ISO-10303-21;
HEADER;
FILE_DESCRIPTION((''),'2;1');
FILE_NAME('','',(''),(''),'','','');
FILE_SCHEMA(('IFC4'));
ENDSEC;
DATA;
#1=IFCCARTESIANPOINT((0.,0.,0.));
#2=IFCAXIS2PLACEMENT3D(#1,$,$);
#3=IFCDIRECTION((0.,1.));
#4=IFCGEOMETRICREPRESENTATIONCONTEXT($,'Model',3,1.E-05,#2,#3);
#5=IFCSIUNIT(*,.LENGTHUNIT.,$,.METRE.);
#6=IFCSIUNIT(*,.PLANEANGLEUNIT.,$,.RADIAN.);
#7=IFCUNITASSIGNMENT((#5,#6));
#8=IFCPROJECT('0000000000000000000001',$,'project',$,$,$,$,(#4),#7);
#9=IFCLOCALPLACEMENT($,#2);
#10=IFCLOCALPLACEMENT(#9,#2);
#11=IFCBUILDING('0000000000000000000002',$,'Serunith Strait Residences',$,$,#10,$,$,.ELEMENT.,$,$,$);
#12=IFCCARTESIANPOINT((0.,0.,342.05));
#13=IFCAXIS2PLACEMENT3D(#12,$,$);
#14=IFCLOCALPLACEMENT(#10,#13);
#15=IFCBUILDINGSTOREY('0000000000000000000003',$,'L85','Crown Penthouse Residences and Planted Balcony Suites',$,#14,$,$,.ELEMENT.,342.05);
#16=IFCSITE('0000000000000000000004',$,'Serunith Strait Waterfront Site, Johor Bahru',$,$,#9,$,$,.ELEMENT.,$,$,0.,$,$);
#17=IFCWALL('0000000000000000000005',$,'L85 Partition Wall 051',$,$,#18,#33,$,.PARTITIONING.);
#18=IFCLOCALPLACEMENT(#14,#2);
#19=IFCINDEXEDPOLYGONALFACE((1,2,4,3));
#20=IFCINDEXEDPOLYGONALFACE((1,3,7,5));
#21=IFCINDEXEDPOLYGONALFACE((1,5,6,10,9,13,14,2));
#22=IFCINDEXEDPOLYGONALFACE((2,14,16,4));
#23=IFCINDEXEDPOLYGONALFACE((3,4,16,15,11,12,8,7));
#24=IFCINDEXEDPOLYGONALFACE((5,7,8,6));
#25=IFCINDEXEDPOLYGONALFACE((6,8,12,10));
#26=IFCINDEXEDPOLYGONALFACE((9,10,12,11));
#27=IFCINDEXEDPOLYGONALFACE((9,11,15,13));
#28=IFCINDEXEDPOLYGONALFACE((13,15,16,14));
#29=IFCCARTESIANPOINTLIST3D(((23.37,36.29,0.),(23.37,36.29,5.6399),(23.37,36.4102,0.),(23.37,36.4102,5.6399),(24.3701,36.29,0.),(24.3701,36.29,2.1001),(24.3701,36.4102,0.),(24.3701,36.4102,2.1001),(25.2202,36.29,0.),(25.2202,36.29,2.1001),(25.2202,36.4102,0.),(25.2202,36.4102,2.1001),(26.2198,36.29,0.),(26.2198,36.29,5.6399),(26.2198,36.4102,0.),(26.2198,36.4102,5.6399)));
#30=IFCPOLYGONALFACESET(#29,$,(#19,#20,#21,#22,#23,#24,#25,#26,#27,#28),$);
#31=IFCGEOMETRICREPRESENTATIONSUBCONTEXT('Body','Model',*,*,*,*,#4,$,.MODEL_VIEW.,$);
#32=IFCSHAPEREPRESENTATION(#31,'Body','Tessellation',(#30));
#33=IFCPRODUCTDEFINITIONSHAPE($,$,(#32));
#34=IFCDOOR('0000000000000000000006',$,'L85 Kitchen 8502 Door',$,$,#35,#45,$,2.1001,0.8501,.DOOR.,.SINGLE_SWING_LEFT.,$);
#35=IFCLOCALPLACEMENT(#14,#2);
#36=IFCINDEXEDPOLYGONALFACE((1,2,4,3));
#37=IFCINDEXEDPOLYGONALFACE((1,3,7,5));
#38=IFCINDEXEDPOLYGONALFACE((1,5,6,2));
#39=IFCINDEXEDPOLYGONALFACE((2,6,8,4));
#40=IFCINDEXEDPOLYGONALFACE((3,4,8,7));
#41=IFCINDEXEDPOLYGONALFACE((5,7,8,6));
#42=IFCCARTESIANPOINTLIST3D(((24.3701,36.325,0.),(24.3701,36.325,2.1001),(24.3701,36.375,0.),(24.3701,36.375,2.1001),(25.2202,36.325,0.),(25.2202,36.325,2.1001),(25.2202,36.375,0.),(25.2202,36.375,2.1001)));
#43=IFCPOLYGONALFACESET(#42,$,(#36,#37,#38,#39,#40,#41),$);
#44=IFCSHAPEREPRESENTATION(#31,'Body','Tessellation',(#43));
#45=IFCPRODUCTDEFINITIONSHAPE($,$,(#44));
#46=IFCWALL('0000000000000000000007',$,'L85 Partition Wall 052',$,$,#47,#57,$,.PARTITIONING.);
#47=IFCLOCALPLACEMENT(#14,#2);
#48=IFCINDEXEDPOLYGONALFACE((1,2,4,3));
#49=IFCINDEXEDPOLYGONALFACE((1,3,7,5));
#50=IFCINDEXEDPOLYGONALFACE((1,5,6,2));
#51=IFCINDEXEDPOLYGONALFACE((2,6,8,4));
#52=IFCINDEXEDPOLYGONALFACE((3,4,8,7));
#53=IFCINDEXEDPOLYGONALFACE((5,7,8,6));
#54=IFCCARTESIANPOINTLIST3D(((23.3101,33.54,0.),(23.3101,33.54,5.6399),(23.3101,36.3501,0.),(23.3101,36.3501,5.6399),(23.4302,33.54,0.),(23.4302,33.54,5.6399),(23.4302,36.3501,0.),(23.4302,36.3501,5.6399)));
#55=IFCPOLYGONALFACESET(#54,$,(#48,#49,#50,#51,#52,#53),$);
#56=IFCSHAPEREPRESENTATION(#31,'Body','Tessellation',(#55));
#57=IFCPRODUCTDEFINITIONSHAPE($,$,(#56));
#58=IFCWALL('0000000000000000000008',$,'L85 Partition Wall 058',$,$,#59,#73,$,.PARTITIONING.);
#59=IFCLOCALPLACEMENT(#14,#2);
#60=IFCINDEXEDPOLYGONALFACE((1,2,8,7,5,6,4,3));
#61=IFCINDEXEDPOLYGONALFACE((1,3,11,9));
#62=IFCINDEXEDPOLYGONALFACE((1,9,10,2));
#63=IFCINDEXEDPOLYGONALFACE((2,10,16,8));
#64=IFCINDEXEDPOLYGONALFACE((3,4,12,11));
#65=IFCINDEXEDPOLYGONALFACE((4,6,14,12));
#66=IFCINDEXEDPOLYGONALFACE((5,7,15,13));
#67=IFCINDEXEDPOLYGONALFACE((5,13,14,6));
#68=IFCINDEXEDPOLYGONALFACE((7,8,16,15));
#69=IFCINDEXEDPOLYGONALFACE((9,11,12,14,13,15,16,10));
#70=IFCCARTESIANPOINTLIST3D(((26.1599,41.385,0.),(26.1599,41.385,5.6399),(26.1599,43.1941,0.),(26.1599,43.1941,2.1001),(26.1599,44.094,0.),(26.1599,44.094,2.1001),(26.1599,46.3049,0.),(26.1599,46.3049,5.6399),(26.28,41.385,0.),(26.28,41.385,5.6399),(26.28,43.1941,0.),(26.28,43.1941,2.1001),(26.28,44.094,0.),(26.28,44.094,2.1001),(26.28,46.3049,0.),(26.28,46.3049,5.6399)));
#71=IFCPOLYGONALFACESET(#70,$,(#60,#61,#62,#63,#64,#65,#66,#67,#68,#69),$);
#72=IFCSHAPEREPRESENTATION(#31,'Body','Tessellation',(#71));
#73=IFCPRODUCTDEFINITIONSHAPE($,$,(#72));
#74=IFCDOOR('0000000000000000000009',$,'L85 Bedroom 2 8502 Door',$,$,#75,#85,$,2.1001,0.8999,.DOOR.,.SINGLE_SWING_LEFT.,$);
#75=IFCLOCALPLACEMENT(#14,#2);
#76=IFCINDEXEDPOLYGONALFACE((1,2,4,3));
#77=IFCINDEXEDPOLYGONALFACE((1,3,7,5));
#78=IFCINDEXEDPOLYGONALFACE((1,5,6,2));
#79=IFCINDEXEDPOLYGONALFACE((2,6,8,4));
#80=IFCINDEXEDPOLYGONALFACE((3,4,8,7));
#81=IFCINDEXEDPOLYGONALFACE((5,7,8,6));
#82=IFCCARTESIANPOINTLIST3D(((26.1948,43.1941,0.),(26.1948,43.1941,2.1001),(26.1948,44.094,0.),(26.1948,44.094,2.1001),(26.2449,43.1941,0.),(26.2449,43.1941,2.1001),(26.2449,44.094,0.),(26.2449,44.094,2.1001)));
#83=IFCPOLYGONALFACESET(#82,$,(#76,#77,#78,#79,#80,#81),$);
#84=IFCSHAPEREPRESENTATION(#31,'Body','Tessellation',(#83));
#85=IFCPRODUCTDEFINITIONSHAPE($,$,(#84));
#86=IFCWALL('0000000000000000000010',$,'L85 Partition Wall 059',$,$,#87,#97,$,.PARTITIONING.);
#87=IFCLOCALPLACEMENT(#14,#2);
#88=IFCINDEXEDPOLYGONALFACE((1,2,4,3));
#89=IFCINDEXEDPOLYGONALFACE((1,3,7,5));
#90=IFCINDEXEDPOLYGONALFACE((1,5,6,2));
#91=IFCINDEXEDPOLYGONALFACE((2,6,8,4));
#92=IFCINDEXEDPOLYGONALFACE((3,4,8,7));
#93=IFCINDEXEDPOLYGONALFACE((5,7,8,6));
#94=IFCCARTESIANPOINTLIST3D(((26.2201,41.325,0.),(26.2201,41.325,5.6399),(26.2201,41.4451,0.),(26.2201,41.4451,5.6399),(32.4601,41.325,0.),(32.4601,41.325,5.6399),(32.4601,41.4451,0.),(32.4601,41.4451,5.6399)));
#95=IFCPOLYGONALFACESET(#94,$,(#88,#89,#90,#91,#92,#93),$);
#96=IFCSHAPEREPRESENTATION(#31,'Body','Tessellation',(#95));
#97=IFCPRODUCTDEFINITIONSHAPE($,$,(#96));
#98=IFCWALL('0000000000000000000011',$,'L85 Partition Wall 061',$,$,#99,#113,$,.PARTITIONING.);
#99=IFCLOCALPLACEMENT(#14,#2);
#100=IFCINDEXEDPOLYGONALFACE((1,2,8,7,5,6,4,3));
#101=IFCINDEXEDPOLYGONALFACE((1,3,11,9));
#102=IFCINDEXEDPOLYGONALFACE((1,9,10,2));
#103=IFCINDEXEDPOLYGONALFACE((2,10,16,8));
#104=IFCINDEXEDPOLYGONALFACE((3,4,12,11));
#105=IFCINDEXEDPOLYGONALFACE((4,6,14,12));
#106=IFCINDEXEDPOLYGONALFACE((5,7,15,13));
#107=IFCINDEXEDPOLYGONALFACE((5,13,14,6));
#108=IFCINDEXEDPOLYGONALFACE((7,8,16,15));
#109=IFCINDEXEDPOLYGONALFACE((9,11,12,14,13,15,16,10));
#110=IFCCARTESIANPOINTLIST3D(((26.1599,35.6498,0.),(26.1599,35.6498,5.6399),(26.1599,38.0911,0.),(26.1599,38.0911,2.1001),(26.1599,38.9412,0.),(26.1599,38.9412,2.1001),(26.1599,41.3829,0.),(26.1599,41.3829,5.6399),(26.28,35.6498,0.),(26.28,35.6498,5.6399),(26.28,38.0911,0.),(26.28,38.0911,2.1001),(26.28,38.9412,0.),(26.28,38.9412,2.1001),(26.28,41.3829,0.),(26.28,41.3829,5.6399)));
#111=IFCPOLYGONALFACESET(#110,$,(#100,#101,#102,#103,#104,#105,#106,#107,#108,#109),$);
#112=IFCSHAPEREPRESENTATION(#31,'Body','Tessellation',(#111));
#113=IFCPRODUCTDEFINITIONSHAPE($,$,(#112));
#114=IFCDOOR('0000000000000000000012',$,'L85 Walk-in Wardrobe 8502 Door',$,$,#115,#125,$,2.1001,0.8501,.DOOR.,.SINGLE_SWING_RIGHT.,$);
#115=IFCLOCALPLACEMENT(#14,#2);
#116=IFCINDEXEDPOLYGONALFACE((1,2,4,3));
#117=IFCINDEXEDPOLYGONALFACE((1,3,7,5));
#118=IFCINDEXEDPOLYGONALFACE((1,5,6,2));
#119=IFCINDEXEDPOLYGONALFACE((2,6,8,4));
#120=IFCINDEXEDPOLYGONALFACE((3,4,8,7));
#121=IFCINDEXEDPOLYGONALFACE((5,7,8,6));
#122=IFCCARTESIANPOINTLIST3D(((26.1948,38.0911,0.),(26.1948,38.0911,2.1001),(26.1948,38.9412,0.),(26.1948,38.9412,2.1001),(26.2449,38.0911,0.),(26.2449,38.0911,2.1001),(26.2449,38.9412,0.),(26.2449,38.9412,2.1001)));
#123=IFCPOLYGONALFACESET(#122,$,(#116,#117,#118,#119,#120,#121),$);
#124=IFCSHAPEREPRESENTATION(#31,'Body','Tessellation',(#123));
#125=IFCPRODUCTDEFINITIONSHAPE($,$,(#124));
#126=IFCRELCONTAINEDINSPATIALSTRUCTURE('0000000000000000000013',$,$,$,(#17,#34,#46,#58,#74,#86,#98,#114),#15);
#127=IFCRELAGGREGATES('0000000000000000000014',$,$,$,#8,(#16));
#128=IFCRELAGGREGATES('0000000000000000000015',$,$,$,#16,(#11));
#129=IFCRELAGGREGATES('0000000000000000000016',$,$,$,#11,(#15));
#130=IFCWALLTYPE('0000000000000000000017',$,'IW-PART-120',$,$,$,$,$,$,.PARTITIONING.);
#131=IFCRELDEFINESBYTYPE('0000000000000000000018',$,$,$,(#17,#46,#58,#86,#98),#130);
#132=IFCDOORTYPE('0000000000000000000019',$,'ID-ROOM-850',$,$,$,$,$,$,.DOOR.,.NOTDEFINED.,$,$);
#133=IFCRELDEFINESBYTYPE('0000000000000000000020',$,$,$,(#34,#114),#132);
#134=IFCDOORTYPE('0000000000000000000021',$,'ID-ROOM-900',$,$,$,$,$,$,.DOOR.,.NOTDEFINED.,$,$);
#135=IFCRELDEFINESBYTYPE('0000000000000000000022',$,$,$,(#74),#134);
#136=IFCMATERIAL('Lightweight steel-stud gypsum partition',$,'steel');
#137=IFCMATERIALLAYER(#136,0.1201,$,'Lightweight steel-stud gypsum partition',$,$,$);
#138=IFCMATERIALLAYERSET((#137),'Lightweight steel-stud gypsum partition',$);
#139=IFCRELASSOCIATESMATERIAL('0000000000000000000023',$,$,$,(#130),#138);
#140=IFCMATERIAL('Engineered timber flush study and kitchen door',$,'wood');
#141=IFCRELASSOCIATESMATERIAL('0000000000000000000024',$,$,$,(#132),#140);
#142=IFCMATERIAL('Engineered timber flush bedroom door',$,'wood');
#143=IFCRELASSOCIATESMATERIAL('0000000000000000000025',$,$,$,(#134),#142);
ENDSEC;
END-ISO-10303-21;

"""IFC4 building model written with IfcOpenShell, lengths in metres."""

from ifc_helpers import new_model, si_unit, direction, frame, frame_2d, origin, place, context, subcontext, project, spatial, rectangle, extrude, source, transform, mapped, material, layer, layer_set, type_object, element, fill, save


model = new_model("IFC4")

# Units and contexts
model_context = context("Model", 3, precision=1e-05, world=origin(), true_north=direction((0.0, 1.0)))
body_context = subcontext(model_context, "Body", "Model", "MODEL_VIEW")
ifc_project = project(units=[si_unit("LENGTHUNIT", "METRE"), si_unit("PLANEANGLEUNIT", "RADIAN")], contexts=[model_context])

# Site, building, storey
site_placement = place(None, origin())
site = spatial("IfcSite", under=ifc_project, at=site_placement, Name="Serunith Strait Waterfront Site, Johor Bahru", CompositionType="ELEMENT", RefElevation=0.0)
building_placement = place(site_placement, origin())
building = spatial("IfcBuilding", under=site, at=building_placement, Name="Serunith Strait Residences", CompositionType="ELEMENT")
storey_placement = place(building_placement, frame((0.0, 0.0, 342.05)))
storey = spatial("IfcBuildingStorey", under=building, at=storey_placement, Name="L85", Description="Crown Penthouse Residences and Planted Balcony Suites", CompositionType="ELEMENT", Elevation=342.05)

# Wall, opening, door
ifc_material_1 = material(Name="Lightweight steel-stud gypsum partition", Category="steel")
ifc_layer_1 = layer(ifc_material_1, 0.1201, Name="Lightweight steel-stud gypsum partition")
ifc_layer_set_1 = layer_set([ifc_layer_1], Name="Lightweight steel-stud gypsum partition")
wall_type = type_object("IfcWallType", Name="IW-PART-120", PredefinedType="PARTITIONING", material=ifc_layer_set_1)
wall_1_placement = place(storey_placement, frame((23.3701, 36.3501, 0.0), z_axis=(0.0, 0.0, 1.0), x_axis=(1.0, 0.0, 0.0)))
wall_1 = element("IfcWall", 1, at=wall_1_placement, inside=storey, type_object=wall_type, Name="L85 Partition Wall 051", PredefinedType="PARTITIONING", context=body_context, shape_type="SweptSolid", body=[
    extrude(rectangle(XDim=2.8499, YDim=0.1201, at=frame_2d((1.4248, 0.0))), origin(), (0.0, 0.0, 1.0), 5.6399),
])
opening_1_placement = place(wall_1_placement, frame((1.0, 0.0, 0.0)))
opening_1 = element("IfcOpeningElement", 2, at=opening_1_placement, cuts=wall_1, PredefinedType="OPENING", context=body_context, shape_type="SweptSolid", body=[
    extrude(rectangle(XDim=0.8501, YDim=2.1001, at=frame_2d((0.425, 1.05))), frame((0.0, 0.0701, 0.0), z_axis=(0.0, -1.0, 0.0), x_axis=(1.0, 0.0, 0.0)), (0.0, 0.0, 1.0), 0.1401),
])
ifc_material_2 = material(Name="Engineered timber flush study and kitchen door", Category="wood")
door_type_1 = type_object("IfcDoorType", Name="ID-ROOM-850", OperationType="NOTDEFINED", PredefinedType="DOOR", material=ifc_material_2)
shared_shape_1 = source(origin(), body_context, "Body", "SweptSolid", [
    extrude(rectangle(XDim=0.8501, YDim=2.1001, at=frame_2d((0.425, 1.05))), frame((0.0, 0.0249, 0.0), z_axis=(0.0, -1.0, 0.0), x_axis=(1.0, 0.0, 0.0)), (0.0, 0.0, 1.0), 0.05),
])
door_1_placement = place(opening_1_placement, origin())
door_1 = element("IfcDoor", 3, at=door_1_placement, inside=storey, type_object=door_type_1, Name="L85 Kitchen 8502 Door", OperationType="SINGLE_SWING_LEFT", OverallHeight=2.1001, OverallWidth=0.8501, PredefinedType="DOOR", context=body_context, shape_type="MappedRepresentation", body=[
    mapped(shared_shape_1, transform((0.0, 0.0, 0.0), scale=1.0)),
])
fill(opening_1, door_1)

# Wall
wall_2_placement = place(storey_placement, frame((23.3701, 36.3501, 0.0), z_axis=(0.0, 0.0, 1.0), x_axis=(0.0, -1.0, 0.0)))
element("IfcWall", 4, at=wall_2_placement, inside=storey, type_object=wall_type, Name="L85 Partition Wall 052", PredefinedType="PARTITIONING", context=body_context, shape_type="SweptSolid", body=[
    extrude(rectangle(XDim=2.8101, YDim=0.1201, at=frame_2d((1.405, 0.0))), origin(), (0.0, 0.0, 1.0), 5.6399),
])

# Wall, opening, door
wall_3_placement = place(storey_placement, frame((26.22, 46.3049, 0.0), z_axis=(0.0, 0.0, 1.0), x_axis=(0.0, -1.0, 0.0)))
wall_3 = element("IfcWall", 5, at=wall_3_placement, inside=storey, type_object=wall_type, Name="L85 Partition Wall 058", PredefinedType="PARTITIONING", context=body_context, shape_type="SweptSolid", body=[
    extrude(rectangle(XDim=4.9199, YDim=0.1201, at=frame_2d((2.46, 0.0))), origin(), (0.0, 0.0, 1.0), 5.6399),
])
opening_2_placement = place(wall_3_placement, frame((2.2109, 0.0, 0.0)))
opening_2 = element("IfcOpeningElement", 6, at=opening_2_placement, cuts=wall_3, PredefinedType="OPENING", context=body_context, shape_type="SweptSolid", body=[
    extrude(rectangle(XDim=0.8999, YDim=2.1001, at=frame_2d((0.45, 1.05))), frame((0.0, 0.0701, 0.0), z_axis=(0.0, -1.0, 0.0), x_axis=(1.0, 0.0, 0.0)), (0.0, 0.0, 1.0), 0.1401),
])
ifc_material_3 = material(Name="Engineered timber flush bedroom door", Category="wood")
door_type_2 = type_object("IfcDoorType", Name="ID-ROOM-900", OperationType="NOTDEFINED", PredefinedType="DOOR", material=ifc_material_3)
shared_shape_2 = source(origin(), body_context, "Body", "SweptSolid", [
    extrude(rectangle(XDim=0.8999, YDim=2.1001, at=frame_2d((0.45, 1.05))), frame((0.0, 0.0249, 0.0), z_axis=(0.0, -1.0, 0.0), x_axis=(1.0, 0.0, 0.0)), (0.0, 0.0, 1.0), 0.05),
])
door_2_placement = place(opening_2_placement, origin())
door_2 = element("IfcDoor", 7, at=door_2_placement, inside=storey, type_object=door_type_2, Name="L85 Bedroom 2 8502 Door", OperationType="SINGLE_SWING_LEFT", OverallHeight=2.1001, OverallWidth=0.8999, PredefinedType="DOOR", context=body_context, shape_type="MappedRepresentation", body=[
    mapped(shared_shape_2, transform((0.0, 0.0, 0.0), scale=1.0)),
])
fill(opening_2, door_2)

# Wall
wall_4_placement = place(storey_placement, frame((26.22, 41.385, 0.0), z_axis=(0.0, 0.0, 1.0), x_axis=(1.0, 0.0, 0.0)))
element("IfcWall", 8, at=wall_4_placement, inside=storey, type_object=wall_type, Name="L85 Partition Wall 059", PredefinedType="PARTITIONING", context=body_context, shape_type="SweptSolid", body=[
    extrude(rectangle(XDim=6.24, YDim=0.1201, at=frame_2d((3.1201, 0.0))), origin(), (0.0, 0.0, 1.0), 5.6399),
])

# Wall, opening, door
wall_5_placement = place(storey_placement, frame((26.22, 41.3831, 0.0), z_axis=(0.0, 0.0, 1.0), x_axis=(0.0, -1.0, 0.0)))
wall_5 = element("IfcWall", 9, at=wall_5_placement, inside=storey, type_object=wall_type, Name="L85 Partition Wall 061", PredefinedType="PARTITIONING", context=body_context, shape_type="SweptSolid", body=[
    extrude(rectangle(XDim=5.7332, YDim=0.1201, at=frame_2d((2.8667, 0.0))), origin(), (0.0, 0.0, 1.0), 5.6399),
])
opening_3_placement = place(wall_5_placement, frame((2.4419, 0.0, 0.0)))
opening_3 = element("IfcOpeningElement", 10, at=opening_3_placement, cuts=wall_5, PredefinedType="OPENING", context=body_context, shape_type="SweptSolid", body=[
    extrude(rectangle(XDim=0.8501, YDim=2.1001, at=frame_2d((0.425, 1.05))), frame((0.0, 0.0701, 0.0), z_axis=(0.0, -1.0, 0.0), x_axis=(1.0, 0.0, 0.0)), (0.0, 0.0, 1.0), 0.1401),
])
door_3_placement = place(opening_3_placement, origin())
door_3 = element("IfcDoor", 11, at=door_3_placement, inside=storey, type_object=door_type_1, Name="L85 Walk-in Wardrobe 8502 Door", OperationType="SINGLE_SWING_RIGHT", OverallHeight=2.1001, OverallWidth=0.8501, PredefinedType="DOOR", context=body_context, shape_type="MappedRepresentation", body=[
    mapped(shared_shape_1, transform((0.0, 0.0, 0.0), scale=1.0)),
])
fill(opening_3, door_3)

save(model, "model.ifc")
